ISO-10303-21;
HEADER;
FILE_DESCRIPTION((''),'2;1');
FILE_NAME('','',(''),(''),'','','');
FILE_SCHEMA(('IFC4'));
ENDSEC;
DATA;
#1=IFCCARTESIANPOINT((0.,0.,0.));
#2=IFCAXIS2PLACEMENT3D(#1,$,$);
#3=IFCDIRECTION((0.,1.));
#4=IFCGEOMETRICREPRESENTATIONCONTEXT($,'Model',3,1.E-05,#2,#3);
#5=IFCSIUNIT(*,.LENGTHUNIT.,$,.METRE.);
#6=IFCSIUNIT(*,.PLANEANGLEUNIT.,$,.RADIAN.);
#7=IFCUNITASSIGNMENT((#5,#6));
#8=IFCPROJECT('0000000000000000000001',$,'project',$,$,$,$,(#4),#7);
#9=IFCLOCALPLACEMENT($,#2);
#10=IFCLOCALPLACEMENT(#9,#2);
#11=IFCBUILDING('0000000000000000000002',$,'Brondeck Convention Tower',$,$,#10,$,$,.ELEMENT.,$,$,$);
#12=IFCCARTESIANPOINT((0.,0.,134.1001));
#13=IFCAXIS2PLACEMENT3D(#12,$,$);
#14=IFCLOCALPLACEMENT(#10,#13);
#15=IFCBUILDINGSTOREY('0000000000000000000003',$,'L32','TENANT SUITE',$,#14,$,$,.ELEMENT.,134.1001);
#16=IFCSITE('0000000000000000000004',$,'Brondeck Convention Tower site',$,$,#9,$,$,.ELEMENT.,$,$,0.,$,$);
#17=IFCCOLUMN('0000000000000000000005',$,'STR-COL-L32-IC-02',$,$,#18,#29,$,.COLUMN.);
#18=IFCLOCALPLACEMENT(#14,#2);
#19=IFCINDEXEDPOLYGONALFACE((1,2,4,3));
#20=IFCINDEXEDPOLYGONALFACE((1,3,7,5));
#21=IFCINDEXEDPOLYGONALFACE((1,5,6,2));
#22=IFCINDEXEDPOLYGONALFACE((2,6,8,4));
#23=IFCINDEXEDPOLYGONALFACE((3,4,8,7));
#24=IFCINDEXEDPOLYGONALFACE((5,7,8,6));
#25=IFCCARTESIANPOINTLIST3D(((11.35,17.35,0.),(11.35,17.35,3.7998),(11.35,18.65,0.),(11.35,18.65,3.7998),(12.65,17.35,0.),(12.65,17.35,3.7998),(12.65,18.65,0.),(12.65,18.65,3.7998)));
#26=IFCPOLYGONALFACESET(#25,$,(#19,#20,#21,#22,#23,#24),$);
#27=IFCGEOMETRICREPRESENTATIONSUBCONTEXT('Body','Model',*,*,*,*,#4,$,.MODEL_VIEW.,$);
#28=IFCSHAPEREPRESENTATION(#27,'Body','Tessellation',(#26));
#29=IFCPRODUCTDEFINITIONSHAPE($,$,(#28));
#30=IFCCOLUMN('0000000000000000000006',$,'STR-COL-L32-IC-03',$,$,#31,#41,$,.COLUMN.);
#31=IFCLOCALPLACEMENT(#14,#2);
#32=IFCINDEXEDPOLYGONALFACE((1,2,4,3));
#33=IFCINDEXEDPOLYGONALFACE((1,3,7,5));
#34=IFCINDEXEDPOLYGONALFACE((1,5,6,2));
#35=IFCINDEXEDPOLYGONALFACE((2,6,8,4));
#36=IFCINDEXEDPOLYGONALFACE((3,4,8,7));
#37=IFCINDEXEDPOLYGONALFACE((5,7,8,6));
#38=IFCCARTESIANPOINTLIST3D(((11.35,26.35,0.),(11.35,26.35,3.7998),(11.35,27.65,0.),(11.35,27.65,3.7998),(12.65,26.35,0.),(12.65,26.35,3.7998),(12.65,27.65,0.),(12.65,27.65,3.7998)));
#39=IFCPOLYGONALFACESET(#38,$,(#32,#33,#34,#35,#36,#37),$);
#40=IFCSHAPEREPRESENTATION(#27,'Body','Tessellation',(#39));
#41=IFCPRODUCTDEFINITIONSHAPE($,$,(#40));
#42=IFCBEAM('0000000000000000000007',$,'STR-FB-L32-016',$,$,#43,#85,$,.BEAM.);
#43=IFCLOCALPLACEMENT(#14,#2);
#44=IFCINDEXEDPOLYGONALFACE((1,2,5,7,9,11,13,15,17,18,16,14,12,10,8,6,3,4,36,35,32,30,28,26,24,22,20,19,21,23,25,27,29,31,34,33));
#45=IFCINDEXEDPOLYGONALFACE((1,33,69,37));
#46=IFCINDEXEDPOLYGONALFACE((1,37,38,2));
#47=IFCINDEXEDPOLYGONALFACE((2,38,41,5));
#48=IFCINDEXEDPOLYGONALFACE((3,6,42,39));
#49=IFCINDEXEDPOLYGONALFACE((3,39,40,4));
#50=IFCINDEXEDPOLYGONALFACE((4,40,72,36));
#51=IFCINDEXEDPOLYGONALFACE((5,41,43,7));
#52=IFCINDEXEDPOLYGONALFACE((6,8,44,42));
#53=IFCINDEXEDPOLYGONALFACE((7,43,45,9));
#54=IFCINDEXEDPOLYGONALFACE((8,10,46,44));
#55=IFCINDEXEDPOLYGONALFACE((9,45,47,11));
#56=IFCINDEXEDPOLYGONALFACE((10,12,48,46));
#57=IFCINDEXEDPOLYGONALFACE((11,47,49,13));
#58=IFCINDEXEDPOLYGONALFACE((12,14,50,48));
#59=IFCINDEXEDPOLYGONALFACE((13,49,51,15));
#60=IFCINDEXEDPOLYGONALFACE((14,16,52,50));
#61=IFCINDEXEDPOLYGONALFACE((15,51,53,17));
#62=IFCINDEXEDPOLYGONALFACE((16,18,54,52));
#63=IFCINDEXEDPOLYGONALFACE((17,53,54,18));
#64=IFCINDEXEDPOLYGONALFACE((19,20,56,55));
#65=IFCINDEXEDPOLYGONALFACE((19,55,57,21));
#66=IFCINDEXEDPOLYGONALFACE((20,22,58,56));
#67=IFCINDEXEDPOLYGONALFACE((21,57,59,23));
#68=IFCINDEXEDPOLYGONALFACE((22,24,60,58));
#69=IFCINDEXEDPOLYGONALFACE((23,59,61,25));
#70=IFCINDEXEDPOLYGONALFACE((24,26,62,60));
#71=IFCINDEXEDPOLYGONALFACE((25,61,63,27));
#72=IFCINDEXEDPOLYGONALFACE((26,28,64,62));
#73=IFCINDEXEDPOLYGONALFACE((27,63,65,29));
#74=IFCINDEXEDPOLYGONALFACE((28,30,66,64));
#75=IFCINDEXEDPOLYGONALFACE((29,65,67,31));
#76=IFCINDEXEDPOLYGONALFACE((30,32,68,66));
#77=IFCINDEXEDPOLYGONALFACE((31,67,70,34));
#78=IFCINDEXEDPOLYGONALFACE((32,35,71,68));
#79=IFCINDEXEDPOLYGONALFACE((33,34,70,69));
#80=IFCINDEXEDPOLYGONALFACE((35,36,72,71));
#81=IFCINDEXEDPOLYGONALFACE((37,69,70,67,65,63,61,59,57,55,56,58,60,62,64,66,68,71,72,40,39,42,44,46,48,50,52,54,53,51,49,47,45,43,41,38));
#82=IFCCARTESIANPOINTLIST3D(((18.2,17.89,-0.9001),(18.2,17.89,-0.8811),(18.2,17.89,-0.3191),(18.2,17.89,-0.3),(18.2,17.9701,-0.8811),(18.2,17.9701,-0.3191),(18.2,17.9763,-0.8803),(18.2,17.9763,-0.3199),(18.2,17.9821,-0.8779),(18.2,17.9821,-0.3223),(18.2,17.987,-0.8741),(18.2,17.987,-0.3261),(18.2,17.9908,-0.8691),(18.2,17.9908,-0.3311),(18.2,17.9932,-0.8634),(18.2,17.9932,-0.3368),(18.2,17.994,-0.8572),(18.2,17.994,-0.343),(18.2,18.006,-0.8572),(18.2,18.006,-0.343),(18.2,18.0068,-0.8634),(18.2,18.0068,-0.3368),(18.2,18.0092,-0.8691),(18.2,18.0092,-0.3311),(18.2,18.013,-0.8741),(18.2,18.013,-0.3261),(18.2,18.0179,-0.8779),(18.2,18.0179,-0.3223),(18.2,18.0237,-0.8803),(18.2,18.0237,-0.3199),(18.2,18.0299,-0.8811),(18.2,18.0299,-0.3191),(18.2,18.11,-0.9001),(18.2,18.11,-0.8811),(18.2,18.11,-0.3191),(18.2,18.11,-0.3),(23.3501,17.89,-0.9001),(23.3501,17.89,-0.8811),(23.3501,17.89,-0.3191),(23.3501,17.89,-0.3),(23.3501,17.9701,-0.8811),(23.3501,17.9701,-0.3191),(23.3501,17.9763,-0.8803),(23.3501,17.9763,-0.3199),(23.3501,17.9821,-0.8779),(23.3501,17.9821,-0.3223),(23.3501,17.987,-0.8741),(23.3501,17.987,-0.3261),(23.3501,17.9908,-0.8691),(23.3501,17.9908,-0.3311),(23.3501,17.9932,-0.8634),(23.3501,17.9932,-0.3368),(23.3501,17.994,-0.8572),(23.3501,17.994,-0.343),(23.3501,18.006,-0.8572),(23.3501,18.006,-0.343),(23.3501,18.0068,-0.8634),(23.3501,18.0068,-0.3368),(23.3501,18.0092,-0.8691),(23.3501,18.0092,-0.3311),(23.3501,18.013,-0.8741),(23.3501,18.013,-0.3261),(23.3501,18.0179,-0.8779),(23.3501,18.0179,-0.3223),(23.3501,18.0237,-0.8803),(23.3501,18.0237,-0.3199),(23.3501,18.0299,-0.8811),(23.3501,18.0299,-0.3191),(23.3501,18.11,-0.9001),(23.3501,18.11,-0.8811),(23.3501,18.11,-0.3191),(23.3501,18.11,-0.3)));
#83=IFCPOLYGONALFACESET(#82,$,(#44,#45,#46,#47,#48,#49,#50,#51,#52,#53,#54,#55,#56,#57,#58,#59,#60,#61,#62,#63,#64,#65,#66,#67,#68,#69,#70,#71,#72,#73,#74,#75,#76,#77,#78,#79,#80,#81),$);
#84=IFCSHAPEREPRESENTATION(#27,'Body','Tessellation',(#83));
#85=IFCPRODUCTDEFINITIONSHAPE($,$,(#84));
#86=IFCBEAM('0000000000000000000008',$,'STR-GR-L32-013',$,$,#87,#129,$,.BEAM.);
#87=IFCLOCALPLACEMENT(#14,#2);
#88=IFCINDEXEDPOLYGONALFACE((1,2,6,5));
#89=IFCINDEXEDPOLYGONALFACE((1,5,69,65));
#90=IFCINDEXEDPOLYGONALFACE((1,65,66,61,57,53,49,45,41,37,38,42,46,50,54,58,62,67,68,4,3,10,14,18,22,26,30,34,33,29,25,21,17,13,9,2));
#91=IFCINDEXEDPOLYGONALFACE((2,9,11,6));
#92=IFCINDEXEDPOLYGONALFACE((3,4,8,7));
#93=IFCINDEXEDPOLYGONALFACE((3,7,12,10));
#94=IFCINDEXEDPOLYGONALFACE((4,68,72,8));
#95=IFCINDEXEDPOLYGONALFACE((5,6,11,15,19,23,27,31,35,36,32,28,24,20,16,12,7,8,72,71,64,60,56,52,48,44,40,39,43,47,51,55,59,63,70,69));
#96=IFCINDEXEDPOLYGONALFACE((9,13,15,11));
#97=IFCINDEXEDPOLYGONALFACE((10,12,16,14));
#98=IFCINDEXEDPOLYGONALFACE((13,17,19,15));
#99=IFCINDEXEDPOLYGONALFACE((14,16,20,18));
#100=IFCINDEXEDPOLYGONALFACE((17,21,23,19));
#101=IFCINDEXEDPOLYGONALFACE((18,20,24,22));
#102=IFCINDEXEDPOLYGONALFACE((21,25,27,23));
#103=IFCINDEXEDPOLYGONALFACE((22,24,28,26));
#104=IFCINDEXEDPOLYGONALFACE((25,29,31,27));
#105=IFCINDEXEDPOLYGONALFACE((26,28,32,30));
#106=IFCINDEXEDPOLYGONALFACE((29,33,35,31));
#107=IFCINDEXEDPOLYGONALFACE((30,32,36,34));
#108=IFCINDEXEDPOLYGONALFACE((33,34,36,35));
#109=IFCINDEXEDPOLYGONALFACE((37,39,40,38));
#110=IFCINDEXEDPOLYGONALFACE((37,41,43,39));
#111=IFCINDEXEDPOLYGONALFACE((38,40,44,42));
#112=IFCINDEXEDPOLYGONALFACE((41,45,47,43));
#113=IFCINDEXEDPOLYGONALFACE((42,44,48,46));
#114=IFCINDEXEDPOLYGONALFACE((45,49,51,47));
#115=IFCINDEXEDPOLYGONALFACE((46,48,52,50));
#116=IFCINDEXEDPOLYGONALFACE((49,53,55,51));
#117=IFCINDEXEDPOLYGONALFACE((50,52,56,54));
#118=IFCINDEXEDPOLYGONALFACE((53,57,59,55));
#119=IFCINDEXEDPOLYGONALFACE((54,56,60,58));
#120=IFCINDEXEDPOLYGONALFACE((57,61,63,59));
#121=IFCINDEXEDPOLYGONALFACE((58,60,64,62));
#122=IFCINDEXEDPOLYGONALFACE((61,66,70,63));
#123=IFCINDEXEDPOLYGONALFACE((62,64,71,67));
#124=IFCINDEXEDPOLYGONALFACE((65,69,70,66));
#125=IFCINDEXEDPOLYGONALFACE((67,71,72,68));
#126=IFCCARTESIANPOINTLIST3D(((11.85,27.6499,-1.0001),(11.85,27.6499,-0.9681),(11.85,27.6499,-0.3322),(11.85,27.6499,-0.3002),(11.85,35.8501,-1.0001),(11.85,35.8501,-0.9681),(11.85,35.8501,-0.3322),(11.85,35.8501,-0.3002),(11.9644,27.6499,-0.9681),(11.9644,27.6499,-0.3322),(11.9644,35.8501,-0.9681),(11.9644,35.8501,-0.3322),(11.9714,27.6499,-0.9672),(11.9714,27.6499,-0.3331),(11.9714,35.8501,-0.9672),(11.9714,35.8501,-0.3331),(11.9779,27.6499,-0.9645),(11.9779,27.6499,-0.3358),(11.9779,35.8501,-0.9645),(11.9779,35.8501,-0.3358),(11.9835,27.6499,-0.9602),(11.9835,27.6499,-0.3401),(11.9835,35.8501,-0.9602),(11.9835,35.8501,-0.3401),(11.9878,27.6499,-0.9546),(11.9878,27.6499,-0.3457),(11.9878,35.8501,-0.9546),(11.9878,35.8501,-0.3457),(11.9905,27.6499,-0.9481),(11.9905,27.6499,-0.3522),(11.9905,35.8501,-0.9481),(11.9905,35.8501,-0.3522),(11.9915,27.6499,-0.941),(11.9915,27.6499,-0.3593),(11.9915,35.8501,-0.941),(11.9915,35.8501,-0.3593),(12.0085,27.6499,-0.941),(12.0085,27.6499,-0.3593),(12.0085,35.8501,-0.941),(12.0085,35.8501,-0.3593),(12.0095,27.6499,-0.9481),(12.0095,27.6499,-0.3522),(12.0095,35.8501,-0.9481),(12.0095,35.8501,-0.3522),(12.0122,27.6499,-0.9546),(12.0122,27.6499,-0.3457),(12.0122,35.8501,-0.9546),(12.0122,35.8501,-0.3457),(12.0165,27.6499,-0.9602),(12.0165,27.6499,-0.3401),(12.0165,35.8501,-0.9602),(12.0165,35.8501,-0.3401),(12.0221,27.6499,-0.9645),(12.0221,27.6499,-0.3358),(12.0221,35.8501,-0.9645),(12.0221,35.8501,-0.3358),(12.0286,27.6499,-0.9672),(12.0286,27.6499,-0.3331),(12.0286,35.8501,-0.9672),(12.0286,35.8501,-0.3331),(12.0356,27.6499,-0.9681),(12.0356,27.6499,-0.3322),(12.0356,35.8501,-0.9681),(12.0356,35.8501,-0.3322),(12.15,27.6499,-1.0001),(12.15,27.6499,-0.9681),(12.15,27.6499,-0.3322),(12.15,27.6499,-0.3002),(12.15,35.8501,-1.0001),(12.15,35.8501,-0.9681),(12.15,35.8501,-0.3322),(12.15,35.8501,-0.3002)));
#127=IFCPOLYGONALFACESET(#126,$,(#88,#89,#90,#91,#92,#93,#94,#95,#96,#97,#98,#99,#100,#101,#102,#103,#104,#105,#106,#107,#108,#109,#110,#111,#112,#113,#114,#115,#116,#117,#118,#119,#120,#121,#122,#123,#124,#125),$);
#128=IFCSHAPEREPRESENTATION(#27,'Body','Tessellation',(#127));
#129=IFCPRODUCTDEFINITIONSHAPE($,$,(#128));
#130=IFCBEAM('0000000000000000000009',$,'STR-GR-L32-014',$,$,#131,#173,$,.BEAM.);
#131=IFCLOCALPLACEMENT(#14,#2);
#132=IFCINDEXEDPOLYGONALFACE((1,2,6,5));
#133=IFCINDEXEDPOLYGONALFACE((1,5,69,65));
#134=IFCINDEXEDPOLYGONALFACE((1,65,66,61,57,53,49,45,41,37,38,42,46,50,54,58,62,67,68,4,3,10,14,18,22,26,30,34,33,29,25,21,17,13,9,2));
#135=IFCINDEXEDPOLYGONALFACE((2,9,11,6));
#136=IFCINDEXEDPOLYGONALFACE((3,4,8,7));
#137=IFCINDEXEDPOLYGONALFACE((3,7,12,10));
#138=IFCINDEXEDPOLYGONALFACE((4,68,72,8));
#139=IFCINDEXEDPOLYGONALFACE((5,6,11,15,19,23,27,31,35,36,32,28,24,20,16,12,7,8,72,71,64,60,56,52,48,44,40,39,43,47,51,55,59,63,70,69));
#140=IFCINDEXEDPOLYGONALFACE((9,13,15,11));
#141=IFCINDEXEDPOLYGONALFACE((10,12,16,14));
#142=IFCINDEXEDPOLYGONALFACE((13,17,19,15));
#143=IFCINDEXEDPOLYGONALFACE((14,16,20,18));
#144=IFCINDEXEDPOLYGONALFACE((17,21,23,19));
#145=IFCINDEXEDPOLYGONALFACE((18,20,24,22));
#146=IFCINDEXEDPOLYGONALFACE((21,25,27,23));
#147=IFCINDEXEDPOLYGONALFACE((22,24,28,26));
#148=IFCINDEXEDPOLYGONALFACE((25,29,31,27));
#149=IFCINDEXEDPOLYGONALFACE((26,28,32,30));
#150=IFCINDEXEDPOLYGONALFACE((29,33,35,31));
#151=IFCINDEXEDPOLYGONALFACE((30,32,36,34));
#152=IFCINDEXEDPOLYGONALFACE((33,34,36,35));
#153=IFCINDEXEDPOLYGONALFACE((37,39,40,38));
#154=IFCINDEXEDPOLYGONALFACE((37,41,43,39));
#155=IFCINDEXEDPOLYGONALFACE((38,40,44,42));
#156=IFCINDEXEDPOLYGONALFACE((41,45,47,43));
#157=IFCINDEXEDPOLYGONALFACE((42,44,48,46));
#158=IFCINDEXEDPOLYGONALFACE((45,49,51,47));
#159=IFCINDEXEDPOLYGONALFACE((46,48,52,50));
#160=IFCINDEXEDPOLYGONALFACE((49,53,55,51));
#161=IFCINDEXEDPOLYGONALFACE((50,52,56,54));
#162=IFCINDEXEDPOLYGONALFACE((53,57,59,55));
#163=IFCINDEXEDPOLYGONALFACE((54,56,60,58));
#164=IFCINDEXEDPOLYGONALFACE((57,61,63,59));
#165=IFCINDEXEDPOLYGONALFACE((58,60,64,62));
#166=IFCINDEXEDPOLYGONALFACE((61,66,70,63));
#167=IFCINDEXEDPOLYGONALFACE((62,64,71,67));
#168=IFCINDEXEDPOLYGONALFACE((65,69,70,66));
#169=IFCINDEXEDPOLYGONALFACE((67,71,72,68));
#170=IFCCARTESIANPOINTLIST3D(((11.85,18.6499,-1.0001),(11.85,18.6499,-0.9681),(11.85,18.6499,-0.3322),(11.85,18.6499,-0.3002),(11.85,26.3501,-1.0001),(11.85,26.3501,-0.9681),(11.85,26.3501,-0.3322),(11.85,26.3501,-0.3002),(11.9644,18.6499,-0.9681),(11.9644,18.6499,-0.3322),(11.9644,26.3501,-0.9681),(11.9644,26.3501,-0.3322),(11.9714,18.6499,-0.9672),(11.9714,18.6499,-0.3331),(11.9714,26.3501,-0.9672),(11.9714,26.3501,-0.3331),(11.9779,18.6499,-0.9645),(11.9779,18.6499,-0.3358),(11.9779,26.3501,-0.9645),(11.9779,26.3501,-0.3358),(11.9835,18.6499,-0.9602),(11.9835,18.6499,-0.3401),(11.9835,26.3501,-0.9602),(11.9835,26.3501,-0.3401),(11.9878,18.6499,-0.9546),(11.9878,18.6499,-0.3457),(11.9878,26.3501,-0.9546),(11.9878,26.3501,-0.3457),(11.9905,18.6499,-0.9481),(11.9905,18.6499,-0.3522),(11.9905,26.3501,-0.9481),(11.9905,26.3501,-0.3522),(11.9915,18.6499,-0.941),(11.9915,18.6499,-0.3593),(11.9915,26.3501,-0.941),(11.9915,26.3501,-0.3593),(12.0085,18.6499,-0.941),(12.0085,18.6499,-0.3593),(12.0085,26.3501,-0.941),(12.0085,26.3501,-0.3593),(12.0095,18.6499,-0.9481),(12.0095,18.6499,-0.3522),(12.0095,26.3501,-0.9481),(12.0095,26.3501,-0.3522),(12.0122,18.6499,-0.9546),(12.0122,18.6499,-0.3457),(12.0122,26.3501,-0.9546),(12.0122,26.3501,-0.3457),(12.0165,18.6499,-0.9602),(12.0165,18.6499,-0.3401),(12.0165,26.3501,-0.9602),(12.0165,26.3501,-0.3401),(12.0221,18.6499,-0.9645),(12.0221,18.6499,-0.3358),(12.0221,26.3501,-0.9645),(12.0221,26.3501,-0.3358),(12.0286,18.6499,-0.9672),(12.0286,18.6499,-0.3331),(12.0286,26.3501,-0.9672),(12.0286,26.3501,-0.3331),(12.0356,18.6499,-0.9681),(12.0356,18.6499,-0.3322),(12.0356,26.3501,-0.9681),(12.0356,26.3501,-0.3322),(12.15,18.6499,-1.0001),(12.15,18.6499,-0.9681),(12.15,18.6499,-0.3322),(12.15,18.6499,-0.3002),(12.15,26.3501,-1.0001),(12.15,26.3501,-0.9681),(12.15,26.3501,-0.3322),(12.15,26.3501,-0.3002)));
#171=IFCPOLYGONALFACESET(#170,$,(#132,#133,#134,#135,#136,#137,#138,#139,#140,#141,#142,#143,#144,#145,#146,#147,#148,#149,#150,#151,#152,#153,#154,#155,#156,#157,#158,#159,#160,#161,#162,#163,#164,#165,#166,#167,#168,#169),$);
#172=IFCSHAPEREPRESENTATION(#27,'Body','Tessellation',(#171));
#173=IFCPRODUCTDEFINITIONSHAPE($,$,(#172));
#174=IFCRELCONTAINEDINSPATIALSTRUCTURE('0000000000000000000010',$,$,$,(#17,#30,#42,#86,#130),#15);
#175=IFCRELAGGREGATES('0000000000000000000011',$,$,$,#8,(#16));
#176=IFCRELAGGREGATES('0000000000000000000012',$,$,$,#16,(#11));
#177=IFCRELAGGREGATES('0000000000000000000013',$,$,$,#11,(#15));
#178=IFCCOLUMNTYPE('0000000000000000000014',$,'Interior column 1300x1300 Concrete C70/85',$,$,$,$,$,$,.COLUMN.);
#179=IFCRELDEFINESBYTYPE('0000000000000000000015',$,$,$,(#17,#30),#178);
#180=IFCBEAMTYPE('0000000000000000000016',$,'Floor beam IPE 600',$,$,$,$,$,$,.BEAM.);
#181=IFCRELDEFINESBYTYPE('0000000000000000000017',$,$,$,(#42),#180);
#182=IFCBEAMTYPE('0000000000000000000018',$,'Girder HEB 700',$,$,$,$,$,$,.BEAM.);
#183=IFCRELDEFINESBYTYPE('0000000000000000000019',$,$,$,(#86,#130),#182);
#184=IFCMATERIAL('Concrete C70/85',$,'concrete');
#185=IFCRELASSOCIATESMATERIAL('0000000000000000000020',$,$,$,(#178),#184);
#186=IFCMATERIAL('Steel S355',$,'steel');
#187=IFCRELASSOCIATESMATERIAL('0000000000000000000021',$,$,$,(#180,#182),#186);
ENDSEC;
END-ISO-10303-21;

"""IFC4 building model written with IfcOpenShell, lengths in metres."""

from ifc_helpers import new_model, si_unit, direction, frame, origin, origin_2d, place, context, subcontext, project, spatial, rectangle, i_section, extrude, material, material_profile, profile_set, type_object, element, save


model = new_model("IFC4")

# Units and contexts
model_context = context("Model", 3, precision=1e-05, world=origin(), true_north=direction((0.0, 1.0)))
body_context = subcontext(model_context, "Body", "Model", "MODEL_VIEW")
ifc_project = project(units=[si_unit("LENGTHUNIT", "METRE"), si_unit("PLANEANGLEUNIT", "RADIAN")], contexts=[model_context])

# Site, building, storey
site_placement = place(None, origin())
site = spatial("IfcSite", under=ifc_project, at=site_placement, Name="Brondeck Convention Tower site", CompositionType="ELEMENT", RefElevation=0.0)
building_placement = place(site_placement, origin())
building = spatial("IfcBuilding", under=site, at=building_placement, Name="Brondeck Convention Tower", CompositionType="ELEMENT")
storey_placement = place(building_placement, frame((0.0, 0.0, 134.1001)))
storey = spatial("IfcBuildingStorey", under=building, at=storey_placement, Name="L32", Description="TENANT SUITE", CompositionType="ELEMENT", Elevation=134.1001)

# Columns
ifc_material_1 = material(Name="Concrete C70/85", Category="concrete")
ifc_material_profile_1 = material_profile(ifc_material_1, rectangle(XDim=1.3, YDim=1.3, at=origin_2d()), Name="Interior column 1300x1300 Concrete C70/85")
ifc_profile_set_1 = profile_set([ifc_material_profile_1], Name="Concrete C70/85")
column_type = type_object("IfcColumnType", Name="Interior column 1300x1300 Concrete C70/85", PredefinedType="COLUMN", material=ifc_profile_set_1)
for number, where, z_axis, x_axis, name in (
    (1, (12.0, 18.0, 0.0), (0.0, 0.0, 1.0), (1.0, 0.0, 0.0), "STR-COL-L32-IC-02"),
    (2, (12.0, 27.0, 0.0), (0.0, 0.0, 1.0), (1.0, 0.0, 0.0), "STR-COL-L32-IC-03"),
):
    element("IfcColumn", number, at=place(storey_placement, frame(where, z_axis=z_axis, x_axis=x_axis)), inside=storey, type_object=column_type, Name=name, PredefinedType="COLUMN", context=body_context, shape_type="SweptSolid", body=[
        extrude(rectangle(XDim=1.3, YDim=1.3, at=origin_2d()), origin(), (0.0, 0.0, 1.0), 3.7998),
    ])

# Beams
ifc_material_2 = material(Name="Steel S355", Category="steel")
ifc_material_profile_2 = material_profile(ifc_material_2, i_section(OverallWidth=0.22, OverallDepth=0.6001, WebThickness=0.012, FlangeThickness=0.019, FilletRadius=0.0239, at=origin_2d()), Name="IPE 600")
ifc_profile_set_2 = profile_set([ifc_material_profile_2], Name="Steel S355")
beam_type_1 = type_object("IfcBeamType", Name="Floor beam IPE 600", PredefinedType="BEAM", material=ifc_profile_set_2)
beam_1_placement = place(storey_placement, frame((18.2, 18.0, -0.6001), z_axis=(1.0, 0.0, 0.0), x_axis=(0.0, 1.0, 0.0)))
element("IfcBeam", 3, at=beam_1_placement, inside=storey, type_object=beam_type_1, Name="STR-FB-L32-016", PredefinedType="BEAM", context=body_context, shape_type="SweptSolid", body=[
    extrude(i_section(OverallWidth=0.22, OverallDepth=0.6001, WebThickness=0.012, FlangeThickness=0.019, FilletRadius=0.0239, at=origin_2d()), origin(), (0.0, 0.0, 1.0), 5.1501),
])
ifc_material_profile_3 = material_profile(ifc_material_2, i_section(OverallWidth=0.3, OverallDepth=0.7, WebThickness=0.0171, FlangeThickness=0.032, FilletRadius=0.0271, at=origin_2d()), Name="HEB 700")
ifc_profile_set_3 = profile_set([ifc_material_profile_3], Name="Steel S355")
beam_type_2 = type_object("IfcBeamType", Name="Girder HEB 700", PredefinedType="BEAM", material=ifc_profile_set_3)
beam_2_placement = place(storey_placement, frame((12.0, 35.8501, -0.6501), z_axis=(0.0, -1.0, 0.0), x_axis=(1.0, 0.0, 0.0)))
element("IfcBeam", 4, at=beam_2_placement, inside=storey, type_object=beam_type_2, Name="STR-GR-L32-013", PredefinedType="BEAM", context=body_context, shape_type="SweptSolid", body=[
    extrude(i_section(OverallWidth=0.3, OverallDepth=0.7, WebThickness=0.0171, FlangeThickness=0.032, FilletRadius=0.0271, at=origin_2d()), origin(), (0.0, 0.0, 1.0), 8.2002),
])
for number, where, z_axis, x_axis, name in (
    (5, (12.0, 26.3501, -0.6501), (0.0, -1.0, 0.0), (1.0, 0.0, 0.0), "STR-GR-L32-014"),
):
    element("IfcBeam", number, at=place(storey_placement, frame(where, z_axis=z_axis, x_axis=x_axis)), inside=storey, type_object=beam_type_2, Name=name, PredefinedType="BEAM", context=body_context, shape_type="SweptSolid", body=[
        extrude(i_section(OverallWidth=0.3, OverallDepth=0.7, WebThickness=0.0171, FlangeThickness=0.032, FilletRadius=0.0271, at=origin_2d()), origin(), (0.0, 0.0, 1.0), 7.7002),
    ])

save(model, "model.ifc")
